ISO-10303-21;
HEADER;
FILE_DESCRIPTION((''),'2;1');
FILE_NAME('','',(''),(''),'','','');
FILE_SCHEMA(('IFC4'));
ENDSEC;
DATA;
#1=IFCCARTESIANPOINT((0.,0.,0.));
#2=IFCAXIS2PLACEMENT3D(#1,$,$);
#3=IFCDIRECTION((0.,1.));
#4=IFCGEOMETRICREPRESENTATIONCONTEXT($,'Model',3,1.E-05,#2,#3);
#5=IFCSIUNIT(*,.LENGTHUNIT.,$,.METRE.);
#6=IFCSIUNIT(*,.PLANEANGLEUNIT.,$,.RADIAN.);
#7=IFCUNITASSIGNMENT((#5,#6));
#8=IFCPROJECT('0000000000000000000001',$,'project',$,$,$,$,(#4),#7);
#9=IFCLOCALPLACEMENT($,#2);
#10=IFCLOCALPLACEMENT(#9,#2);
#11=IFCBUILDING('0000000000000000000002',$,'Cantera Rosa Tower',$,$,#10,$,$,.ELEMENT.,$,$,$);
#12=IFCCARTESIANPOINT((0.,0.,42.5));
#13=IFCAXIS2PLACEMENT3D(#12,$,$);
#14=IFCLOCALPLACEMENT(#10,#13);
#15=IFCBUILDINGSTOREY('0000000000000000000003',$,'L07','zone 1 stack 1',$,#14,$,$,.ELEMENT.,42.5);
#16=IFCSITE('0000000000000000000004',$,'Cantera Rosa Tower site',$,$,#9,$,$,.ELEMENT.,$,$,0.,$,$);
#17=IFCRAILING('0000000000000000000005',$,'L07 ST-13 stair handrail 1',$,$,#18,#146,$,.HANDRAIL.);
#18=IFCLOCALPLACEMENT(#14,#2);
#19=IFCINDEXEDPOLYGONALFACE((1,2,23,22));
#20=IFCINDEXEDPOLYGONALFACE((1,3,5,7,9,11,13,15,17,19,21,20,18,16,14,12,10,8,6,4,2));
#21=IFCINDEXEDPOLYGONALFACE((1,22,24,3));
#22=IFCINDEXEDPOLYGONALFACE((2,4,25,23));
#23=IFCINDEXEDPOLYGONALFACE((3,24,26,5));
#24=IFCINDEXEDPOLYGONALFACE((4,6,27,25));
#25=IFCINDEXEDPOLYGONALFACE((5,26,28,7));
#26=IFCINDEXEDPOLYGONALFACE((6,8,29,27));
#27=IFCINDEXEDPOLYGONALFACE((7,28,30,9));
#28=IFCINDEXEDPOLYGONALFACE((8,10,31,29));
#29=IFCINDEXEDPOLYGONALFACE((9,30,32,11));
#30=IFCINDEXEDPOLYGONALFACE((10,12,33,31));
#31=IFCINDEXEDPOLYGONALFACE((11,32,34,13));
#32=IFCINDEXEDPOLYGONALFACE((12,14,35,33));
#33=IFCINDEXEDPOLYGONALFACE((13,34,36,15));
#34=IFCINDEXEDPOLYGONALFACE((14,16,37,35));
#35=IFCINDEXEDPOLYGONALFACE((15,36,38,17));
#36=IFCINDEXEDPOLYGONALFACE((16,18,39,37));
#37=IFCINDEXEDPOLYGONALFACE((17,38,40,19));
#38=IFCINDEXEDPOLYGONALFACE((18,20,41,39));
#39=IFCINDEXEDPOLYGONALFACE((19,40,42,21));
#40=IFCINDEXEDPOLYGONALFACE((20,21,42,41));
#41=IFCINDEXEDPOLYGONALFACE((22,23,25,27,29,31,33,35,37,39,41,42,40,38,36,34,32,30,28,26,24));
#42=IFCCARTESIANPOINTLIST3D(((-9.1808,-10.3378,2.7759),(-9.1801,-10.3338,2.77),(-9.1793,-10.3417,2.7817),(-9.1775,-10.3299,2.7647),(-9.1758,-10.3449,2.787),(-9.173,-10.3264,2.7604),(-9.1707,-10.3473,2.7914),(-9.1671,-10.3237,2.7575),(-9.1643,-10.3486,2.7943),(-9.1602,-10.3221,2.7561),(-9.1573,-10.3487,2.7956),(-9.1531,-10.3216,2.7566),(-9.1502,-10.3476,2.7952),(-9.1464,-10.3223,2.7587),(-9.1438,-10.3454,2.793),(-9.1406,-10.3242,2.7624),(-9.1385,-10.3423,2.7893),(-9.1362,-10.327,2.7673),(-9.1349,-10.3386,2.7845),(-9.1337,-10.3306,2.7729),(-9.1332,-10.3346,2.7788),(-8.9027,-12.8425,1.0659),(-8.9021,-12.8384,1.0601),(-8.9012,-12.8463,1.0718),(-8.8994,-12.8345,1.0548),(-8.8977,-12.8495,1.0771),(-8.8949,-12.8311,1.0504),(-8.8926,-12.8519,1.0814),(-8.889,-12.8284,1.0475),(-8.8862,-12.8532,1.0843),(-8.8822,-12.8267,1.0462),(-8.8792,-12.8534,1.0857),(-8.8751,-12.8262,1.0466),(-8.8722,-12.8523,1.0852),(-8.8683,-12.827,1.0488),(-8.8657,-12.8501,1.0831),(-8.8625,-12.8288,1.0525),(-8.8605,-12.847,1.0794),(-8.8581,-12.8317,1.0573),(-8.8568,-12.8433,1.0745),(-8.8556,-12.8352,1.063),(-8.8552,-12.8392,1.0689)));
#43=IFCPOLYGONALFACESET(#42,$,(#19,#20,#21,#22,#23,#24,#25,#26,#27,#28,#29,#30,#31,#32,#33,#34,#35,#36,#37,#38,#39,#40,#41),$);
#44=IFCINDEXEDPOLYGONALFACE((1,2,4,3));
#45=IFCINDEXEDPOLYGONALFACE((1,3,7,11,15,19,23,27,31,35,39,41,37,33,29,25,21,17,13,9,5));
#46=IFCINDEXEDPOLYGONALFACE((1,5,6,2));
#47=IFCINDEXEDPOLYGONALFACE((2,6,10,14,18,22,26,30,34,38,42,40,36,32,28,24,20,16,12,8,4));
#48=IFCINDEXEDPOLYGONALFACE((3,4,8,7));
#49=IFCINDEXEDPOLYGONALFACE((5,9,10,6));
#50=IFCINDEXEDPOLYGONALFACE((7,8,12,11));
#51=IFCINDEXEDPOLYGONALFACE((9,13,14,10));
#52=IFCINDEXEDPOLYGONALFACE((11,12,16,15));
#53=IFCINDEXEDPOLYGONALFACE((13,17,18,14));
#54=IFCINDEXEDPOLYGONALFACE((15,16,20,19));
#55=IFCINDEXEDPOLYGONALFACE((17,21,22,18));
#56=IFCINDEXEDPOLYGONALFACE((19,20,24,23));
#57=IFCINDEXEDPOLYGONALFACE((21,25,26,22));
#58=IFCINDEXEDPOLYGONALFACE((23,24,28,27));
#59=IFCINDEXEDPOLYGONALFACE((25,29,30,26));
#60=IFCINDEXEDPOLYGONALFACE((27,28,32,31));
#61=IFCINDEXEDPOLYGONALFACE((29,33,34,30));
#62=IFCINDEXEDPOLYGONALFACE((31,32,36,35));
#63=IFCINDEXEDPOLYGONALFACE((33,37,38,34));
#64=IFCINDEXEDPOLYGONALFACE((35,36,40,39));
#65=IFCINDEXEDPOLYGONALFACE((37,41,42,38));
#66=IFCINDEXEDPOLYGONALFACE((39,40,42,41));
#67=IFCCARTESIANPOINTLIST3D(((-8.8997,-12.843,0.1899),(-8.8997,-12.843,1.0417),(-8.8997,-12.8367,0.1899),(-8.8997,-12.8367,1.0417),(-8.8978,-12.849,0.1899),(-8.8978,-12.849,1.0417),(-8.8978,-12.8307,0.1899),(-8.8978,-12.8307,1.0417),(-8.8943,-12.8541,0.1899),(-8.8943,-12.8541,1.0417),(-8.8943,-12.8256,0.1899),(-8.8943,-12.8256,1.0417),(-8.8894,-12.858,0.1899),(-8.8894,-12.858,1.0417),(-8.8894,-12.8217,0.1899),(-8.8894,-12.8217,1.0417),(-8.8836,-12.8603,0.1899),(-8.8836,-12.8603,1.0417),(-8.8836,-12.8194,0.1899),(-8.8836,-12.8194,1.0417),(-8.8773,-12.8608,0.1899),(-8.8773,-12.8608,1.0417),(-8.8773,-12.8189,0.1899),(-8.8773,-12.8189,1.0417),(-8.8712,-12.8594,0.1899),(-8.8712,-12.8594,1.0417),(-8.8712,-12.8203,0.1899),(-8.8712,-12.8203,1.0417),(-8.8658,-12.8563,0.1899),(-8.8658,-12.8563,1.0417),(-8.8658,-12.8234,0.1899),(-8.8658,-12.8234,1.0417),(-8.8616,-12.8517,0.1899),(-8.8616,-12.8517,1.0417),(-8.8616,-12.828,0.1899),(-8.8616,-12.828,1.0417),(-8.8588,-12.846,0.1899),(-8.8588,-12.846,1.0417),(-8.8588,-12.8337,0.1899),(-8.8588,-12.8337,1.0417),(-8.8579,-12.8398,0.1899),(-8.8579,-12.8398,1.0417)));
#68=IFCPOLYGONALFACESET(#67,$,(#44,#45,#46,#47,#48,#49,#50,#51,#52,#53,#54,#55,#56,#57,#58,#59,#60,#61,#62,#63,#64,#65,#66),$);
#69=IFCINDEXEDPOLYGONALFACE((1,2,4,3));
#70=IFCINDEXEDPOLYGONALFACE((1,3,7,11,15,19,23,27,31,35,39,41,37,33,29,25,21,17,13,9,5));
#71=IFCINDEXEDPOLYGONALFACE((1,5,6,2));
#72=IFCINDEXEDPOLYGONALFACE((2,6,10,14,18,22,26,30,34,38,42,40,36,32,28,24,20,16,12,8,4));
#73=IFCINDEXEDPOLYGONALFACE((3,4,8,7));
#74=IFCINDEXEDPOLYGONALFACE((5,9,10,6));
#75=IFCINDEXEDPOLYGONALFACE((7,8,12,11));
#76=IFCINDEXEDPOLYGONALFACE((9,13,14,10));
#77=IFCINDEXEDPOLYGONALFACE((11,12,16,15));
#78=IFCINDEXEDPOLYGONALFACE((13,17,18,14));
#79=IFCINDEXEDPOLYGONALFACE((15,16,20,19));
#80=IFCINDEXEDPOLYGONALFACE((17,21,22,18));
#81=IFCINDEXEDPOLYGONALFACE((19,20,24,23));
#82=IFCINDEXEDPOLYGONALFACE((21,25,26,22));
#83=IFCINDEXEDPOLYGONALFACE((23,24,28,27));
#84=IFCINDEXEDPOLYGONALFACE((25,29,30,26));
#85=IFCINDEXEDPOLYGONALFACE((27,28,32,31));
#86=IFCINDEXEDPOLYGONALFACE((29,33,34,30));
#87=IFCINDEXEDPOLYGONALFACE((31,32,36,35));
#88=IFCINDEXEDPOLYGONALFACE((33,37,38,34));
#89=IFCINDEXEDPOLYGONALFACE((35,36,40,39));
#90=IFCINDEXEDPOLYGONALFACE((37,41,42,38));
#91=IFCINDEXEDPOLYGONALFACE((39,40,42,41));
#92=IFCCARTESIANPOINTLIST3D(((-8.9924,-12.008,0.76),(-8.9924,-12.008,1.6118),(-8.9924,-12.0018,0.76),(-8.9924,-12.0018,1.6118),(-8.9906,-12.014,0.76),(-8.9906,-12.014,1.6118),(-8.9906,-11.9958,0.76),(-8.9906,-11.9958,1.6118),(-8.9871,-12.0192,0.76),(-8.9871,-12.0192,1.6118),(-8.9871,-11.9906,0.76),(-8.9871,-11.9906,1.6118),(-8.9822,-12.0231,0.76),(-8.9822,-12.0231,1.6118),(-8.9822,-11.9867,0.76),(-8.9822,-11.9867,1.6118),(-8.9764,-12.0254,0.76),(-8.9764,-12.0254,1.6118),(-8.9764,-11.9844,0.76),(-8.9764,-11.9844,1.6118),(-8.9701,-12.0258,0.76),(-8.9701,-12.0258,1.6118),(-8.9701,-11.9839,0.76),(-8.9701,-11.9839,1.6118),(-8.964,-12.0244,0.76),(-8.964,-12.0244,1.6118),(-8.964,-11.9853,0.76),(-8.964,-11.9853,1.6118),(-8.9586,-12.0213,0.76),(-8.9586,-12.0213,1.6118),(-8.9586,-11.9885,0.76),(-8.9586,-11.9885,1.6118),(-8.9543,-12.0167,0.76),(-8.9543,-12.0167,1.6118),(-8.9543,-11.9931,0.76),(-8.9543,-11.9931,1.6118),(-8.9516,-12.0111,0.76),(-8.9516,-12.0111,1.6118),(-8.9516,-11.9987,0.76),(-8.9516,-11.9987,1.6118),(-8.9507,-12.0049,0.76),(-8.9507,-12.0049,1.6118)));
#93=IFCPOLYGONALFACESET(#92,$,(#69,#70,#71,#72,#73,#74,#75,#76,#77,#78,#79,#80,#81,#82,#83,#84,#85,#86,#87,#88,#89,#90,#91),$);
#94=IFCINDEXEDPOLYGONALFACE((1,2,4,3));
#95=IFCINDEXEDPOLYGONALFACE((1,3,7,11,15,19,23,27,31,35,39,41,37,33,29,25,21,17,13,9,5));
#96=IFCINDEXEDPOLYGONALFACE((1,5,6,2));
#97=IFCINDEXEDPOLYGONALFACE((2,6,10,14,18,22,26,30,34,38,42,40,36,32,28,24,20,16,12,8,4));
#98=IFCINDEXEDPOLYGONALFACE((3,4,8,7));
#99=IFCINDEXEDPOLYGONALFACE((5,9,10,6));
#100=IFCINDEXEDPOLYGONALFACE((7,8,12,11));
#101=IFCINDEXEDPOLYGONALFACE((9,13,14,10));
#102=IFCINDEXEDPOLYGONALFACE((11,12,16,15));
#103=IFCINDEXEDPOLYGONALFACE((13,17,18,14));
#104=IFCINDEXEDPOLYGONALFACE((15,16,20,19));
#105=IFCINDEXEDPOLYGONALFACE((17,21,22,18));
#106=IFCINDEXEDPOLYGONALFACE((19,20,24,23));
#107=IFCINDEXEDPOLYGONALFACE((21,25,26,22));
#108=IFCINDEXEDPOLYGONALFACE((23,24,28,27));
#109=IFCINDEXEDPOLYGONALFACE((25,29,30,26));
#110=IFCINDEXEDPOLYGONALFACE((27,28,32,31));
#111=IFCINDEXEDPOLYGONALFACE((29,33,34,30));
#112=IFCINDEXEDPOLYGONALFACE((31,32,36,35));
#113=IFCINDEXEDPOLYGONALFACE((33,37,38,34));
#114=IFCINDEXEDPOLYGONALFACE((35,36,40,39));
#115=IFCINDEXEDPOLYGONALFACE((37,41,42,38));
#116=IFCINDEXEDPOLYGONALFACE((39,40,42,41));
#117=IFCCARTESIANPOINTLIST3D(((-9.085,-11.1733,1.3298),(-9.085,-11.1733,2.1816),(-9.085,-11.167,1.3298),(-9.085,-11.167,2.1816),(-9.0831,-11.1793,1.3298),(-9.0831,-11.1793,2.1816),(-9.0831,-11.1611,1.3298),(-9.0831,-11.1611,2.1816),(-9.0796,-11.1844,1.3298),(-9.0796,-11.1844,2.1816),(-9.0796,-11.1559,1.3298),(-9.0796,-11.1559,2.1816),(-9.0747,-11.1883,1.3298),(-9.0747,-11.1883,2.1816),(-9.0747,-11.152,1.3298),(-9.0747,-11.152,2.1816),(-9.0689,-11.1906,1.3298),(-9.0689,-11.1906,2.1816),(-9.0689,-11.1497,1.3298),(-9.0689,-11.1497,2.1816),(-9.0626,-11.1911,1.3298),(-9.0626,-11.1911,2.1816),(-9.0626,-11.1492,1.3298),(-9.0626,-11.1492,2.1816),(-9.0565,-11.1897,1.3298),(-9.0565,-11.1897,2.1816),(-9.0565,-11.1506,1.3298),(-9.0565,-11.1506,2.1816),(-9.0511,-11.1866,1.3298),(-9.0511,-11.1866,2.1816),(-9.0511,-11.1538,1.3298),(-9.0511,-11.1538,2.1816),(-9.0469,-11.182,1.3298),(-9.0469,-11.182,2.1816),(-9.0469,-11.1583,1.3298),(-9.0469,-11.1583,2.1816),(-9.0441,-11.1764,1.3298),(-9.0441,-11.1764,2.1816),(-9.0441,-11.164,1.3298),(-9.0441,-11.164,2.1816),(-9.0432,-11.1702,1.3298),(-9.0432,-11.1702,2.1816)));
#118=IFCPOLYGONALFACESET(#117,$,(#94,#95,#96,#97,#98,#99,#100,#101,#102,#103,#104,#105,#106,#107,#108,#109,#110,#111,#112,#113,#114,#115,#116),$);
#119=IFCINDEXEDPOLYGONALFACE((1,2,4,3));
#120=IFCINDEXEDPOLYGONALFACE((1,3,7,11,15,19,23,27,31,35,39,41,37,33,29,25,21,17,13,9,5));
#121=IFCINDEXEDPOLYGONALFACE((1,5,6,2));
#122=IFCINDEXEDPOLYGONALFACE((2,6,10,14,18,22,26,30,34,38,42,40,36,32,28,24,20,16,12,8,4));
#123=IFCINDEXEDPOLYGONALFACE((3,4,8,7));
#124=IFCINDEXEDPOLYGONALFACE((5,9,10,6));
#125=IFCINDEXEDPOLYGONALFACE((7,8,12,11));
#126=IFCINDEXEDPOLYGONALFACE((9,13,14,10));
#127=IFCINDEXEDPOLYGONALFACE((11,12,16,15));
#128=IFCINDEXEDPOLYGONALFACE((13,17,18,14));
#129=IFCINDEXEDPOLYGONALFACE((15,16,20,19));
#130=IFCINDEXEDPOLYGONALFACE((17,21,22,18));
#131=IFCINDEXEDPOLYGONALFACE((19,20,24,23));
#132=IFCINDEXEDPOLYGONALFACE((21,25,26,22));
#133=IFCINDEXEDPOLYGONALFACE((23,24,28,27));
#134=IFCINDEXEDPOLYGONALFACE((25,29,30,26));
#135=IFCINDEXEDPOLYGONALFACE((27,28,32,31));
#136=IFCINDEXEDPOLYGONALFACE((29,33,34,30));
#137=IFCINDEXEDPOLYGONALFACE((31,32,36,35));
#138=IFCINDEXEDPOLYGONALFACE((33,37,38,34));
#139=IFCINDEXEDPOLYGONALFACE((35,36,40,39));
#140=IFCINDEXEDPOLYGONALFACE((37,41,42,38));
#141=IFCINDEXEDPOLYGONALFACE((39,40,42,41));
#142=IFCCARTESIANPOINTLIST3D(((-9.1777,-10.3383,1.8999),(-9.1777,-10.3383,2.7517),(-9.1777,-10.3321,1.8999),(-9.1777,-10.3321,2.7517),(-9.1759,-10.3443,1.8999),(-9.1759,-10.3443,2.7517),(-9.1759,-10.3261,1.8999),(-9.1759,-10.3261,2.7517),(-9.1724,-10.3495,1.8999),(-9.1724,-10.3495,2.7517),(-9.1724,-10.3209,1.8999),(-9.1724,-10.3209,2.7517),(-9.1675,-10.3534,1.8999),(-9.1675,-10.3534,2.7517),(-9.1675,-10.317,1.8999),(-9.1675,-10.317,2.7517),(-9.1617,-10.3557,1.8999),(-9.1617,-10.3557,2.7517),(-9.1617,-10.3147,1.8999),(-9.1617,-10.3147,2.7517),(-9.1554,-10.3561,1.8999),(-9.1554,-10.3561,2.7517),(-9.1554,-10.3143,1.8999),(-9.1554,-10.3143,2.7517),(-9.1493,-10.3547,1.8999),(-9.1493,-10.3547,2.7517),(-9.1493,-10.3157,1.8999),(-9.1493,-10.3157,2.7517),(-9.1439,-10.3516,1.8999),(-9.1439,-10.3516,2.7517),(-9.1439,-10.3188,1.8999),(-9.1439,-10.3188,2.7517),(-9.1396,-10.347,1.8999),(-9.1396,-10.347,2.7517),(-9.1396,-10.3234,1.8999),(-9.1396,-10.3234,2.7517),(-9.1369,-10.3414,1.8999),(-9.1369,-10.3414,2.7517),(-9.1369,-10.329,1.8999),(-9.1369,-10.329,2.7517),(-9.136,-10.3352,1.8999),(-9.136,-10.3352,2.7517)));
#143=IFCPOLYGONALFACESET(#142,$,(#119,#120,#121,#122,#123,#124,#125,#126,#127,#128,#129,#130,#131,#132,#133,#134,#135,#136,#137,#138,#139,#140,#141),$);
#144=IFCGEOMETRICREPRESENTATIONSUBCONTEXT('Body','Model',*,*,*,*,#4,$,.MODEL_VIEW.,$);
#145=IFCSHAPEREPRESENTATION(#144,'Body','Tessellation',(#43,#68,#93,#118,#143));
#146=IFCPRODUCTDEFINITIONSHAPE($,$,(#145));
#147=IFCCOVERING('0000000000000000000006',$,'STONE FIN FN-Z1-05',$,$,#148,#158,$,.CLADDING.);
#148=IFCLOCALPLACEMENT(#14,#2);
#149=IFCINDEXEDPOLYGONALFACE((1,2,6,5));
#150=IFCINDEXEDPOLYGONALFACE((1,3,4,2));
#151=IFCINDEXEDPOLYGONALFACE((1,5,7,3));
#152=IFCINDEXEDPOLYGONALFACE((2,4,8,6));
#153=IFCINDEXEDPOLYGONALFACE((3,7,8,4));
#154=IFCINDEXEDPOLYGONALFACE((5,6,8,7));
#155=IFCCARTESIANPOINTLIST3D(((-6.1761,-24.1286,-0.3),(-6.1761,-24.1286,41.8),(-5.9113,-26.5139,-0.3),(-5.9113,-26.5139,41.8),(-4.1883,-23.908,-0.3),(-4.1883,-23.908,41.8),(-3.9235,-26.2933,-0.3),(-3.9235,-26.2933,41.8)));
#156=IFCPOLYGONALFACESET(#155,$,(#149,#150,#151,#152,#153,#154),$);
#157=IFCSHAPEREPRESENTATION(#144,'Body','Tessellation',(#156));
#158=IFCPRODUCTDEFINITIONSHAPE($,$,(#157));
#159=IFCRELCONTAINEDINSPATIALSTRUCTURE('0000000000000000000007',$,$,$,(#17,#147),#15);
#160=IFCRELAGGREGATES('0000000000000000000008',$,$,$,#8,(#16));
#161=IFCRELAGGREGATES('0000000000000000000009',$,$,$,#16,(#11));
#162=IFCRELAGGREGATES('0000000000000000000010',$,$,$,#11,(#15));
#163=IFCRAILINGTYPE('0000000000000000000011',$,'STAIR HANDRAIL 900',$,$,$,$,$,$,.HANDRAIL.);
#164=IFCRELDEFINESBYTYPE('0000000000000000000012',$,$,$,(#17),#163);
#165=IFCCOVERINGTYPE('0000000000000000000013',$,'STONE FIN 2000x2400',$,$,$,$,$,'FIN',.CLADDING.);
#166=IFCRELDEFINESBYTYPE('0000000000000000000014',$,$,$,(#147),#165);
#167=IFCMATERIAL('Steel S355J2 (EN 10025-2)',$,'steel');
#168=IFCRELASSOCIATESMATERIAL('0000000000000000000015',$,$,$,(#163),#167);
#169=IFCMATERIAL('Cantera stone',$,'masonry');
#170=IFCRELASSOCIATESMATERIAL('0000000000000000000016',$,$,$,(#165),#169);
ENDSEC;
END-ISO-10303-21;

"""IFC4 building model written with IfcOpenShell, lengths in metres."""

from ifc_helpers import new_model, si_unit, direction, frame, origin, origin_2d, place, context, subcontext, project, spatial, rectangle, circle, extrude, material, type_object, element, save


model = new_model("IFC4")

# Units and contexts
model_context = context("Model", 3, precision=1e-05, world=origin(), true_north=direction((0.0, 1.0)))
body_context = subcontext(model_context, "Body", "Model", "MODEL_VIEW")
ifc_project = project(units=[si_unit("LENGTHUNIT", "METRE"), si_unit("PLANEANGLEUNIT", "RADIAN")], contexts=[model_context])

# Site, building, storey
site_placement = place(None, origin())
site = spatial("IfcSite", under=ifc_project, at=site_placement, Name="Cantera Rosa Tower site", CompositionType="ELEMENT", RefElevation=0.0)
building_placement = place(site_placement, origin())
building = spatial("IfcBuilding", under=site, at=building_placement, Name="Cantera Rosa Tower", CompositionType="ELEMENT")
storey_placement = place(building_placement, frame((0.0, 0.0, 42.5)))
storey = spatial("IfcBuildingStorey", under=building, at=storey_placement, Name="L07", Description="zone 1 stack 1", CompositionType="ELEMENT", Elevation=42.5)

# Railing
ifc_material_1 = material(Name="Steel S355J2 (EN 10025-2)", Category="steel")
railing_type_1 = type_object("IfcRailingType", Name="STAIR HANDRAIL 900", PredefinedType="HANDRAIL", material=ifc_material_1)
railing_1_placement = place(storey_placement, frame((-8.8789, -12.8398, 0.1899)))
element("IfcRailing", 1, at=railing_1_placement, inside=storey, type_object=railing_type_1, Name="L07 ST-13 stair handrail 1", PredefinedType="HANDRAIL", context=body_context, shape_type="SweptSolid", body=[
    extrude(circle(Radius=0.0239, at=origin_2d()), frame((0.0, 0.0, 0.876), z_axis=(-0.09131, 0.822431, 0.561488), x_axis=(-0.993893, -0.110346, 0.0)), (0.0, 0.0, 1.0), 3.0454),
    extrude(circle(Radius=0.021, at=origin_2d()), origin(), (0.0, 0.0, 1.0), 0.8518),
    extrude(circle(Radius=0.021, at=origin_2d()), frame((-0.0928, 0.835, 0.5701)), (0.0, 0.0, 1.0), 0.8518),
    extrude(circle(Radius=0.021, at=origin_2d()), frame((-0.1853, 1.6697, 1.1399)), (0.0, 0.0, 1.0), 0.8518),
    extrude(circle(Radius=0.021, at=origin_2d()), frame((-0.2781, 2.5046, 1.71)), (0.0, 0.0, 1.0), 0.8518),
])

# Covering
ifc_material_2 = material(Name="Cantera stone", Category="masonry")
covering_type = type_object("IfcCoveringType", Name="STONE FIN 2000x2400", ElementType="FIN", PredefinedType="CLADDING", material=ifc_material_2)
covering_placement = place(storey_placement, frame((-5.0498, -25.2109, -0.3), z_axis=(0.0, 0.0, 1.0), x_axis=(0.993897, 0.110313, 0.0)))
element("IfcCovering", 2, at=covering_placement, inside=storey, type_object=covering_type, Name="STONE FIN FN-Z1-05", PredefinedType="CLADDING", context=body_context, shape_type="SweptSolid", body=[
    extrude(rectangle(XDim=2.0, YDim=2.3999, at=origin_2d()), origin(), (0.0, 0.0, 1.0), 42.1001),
])

save(model, "model.ifc")
